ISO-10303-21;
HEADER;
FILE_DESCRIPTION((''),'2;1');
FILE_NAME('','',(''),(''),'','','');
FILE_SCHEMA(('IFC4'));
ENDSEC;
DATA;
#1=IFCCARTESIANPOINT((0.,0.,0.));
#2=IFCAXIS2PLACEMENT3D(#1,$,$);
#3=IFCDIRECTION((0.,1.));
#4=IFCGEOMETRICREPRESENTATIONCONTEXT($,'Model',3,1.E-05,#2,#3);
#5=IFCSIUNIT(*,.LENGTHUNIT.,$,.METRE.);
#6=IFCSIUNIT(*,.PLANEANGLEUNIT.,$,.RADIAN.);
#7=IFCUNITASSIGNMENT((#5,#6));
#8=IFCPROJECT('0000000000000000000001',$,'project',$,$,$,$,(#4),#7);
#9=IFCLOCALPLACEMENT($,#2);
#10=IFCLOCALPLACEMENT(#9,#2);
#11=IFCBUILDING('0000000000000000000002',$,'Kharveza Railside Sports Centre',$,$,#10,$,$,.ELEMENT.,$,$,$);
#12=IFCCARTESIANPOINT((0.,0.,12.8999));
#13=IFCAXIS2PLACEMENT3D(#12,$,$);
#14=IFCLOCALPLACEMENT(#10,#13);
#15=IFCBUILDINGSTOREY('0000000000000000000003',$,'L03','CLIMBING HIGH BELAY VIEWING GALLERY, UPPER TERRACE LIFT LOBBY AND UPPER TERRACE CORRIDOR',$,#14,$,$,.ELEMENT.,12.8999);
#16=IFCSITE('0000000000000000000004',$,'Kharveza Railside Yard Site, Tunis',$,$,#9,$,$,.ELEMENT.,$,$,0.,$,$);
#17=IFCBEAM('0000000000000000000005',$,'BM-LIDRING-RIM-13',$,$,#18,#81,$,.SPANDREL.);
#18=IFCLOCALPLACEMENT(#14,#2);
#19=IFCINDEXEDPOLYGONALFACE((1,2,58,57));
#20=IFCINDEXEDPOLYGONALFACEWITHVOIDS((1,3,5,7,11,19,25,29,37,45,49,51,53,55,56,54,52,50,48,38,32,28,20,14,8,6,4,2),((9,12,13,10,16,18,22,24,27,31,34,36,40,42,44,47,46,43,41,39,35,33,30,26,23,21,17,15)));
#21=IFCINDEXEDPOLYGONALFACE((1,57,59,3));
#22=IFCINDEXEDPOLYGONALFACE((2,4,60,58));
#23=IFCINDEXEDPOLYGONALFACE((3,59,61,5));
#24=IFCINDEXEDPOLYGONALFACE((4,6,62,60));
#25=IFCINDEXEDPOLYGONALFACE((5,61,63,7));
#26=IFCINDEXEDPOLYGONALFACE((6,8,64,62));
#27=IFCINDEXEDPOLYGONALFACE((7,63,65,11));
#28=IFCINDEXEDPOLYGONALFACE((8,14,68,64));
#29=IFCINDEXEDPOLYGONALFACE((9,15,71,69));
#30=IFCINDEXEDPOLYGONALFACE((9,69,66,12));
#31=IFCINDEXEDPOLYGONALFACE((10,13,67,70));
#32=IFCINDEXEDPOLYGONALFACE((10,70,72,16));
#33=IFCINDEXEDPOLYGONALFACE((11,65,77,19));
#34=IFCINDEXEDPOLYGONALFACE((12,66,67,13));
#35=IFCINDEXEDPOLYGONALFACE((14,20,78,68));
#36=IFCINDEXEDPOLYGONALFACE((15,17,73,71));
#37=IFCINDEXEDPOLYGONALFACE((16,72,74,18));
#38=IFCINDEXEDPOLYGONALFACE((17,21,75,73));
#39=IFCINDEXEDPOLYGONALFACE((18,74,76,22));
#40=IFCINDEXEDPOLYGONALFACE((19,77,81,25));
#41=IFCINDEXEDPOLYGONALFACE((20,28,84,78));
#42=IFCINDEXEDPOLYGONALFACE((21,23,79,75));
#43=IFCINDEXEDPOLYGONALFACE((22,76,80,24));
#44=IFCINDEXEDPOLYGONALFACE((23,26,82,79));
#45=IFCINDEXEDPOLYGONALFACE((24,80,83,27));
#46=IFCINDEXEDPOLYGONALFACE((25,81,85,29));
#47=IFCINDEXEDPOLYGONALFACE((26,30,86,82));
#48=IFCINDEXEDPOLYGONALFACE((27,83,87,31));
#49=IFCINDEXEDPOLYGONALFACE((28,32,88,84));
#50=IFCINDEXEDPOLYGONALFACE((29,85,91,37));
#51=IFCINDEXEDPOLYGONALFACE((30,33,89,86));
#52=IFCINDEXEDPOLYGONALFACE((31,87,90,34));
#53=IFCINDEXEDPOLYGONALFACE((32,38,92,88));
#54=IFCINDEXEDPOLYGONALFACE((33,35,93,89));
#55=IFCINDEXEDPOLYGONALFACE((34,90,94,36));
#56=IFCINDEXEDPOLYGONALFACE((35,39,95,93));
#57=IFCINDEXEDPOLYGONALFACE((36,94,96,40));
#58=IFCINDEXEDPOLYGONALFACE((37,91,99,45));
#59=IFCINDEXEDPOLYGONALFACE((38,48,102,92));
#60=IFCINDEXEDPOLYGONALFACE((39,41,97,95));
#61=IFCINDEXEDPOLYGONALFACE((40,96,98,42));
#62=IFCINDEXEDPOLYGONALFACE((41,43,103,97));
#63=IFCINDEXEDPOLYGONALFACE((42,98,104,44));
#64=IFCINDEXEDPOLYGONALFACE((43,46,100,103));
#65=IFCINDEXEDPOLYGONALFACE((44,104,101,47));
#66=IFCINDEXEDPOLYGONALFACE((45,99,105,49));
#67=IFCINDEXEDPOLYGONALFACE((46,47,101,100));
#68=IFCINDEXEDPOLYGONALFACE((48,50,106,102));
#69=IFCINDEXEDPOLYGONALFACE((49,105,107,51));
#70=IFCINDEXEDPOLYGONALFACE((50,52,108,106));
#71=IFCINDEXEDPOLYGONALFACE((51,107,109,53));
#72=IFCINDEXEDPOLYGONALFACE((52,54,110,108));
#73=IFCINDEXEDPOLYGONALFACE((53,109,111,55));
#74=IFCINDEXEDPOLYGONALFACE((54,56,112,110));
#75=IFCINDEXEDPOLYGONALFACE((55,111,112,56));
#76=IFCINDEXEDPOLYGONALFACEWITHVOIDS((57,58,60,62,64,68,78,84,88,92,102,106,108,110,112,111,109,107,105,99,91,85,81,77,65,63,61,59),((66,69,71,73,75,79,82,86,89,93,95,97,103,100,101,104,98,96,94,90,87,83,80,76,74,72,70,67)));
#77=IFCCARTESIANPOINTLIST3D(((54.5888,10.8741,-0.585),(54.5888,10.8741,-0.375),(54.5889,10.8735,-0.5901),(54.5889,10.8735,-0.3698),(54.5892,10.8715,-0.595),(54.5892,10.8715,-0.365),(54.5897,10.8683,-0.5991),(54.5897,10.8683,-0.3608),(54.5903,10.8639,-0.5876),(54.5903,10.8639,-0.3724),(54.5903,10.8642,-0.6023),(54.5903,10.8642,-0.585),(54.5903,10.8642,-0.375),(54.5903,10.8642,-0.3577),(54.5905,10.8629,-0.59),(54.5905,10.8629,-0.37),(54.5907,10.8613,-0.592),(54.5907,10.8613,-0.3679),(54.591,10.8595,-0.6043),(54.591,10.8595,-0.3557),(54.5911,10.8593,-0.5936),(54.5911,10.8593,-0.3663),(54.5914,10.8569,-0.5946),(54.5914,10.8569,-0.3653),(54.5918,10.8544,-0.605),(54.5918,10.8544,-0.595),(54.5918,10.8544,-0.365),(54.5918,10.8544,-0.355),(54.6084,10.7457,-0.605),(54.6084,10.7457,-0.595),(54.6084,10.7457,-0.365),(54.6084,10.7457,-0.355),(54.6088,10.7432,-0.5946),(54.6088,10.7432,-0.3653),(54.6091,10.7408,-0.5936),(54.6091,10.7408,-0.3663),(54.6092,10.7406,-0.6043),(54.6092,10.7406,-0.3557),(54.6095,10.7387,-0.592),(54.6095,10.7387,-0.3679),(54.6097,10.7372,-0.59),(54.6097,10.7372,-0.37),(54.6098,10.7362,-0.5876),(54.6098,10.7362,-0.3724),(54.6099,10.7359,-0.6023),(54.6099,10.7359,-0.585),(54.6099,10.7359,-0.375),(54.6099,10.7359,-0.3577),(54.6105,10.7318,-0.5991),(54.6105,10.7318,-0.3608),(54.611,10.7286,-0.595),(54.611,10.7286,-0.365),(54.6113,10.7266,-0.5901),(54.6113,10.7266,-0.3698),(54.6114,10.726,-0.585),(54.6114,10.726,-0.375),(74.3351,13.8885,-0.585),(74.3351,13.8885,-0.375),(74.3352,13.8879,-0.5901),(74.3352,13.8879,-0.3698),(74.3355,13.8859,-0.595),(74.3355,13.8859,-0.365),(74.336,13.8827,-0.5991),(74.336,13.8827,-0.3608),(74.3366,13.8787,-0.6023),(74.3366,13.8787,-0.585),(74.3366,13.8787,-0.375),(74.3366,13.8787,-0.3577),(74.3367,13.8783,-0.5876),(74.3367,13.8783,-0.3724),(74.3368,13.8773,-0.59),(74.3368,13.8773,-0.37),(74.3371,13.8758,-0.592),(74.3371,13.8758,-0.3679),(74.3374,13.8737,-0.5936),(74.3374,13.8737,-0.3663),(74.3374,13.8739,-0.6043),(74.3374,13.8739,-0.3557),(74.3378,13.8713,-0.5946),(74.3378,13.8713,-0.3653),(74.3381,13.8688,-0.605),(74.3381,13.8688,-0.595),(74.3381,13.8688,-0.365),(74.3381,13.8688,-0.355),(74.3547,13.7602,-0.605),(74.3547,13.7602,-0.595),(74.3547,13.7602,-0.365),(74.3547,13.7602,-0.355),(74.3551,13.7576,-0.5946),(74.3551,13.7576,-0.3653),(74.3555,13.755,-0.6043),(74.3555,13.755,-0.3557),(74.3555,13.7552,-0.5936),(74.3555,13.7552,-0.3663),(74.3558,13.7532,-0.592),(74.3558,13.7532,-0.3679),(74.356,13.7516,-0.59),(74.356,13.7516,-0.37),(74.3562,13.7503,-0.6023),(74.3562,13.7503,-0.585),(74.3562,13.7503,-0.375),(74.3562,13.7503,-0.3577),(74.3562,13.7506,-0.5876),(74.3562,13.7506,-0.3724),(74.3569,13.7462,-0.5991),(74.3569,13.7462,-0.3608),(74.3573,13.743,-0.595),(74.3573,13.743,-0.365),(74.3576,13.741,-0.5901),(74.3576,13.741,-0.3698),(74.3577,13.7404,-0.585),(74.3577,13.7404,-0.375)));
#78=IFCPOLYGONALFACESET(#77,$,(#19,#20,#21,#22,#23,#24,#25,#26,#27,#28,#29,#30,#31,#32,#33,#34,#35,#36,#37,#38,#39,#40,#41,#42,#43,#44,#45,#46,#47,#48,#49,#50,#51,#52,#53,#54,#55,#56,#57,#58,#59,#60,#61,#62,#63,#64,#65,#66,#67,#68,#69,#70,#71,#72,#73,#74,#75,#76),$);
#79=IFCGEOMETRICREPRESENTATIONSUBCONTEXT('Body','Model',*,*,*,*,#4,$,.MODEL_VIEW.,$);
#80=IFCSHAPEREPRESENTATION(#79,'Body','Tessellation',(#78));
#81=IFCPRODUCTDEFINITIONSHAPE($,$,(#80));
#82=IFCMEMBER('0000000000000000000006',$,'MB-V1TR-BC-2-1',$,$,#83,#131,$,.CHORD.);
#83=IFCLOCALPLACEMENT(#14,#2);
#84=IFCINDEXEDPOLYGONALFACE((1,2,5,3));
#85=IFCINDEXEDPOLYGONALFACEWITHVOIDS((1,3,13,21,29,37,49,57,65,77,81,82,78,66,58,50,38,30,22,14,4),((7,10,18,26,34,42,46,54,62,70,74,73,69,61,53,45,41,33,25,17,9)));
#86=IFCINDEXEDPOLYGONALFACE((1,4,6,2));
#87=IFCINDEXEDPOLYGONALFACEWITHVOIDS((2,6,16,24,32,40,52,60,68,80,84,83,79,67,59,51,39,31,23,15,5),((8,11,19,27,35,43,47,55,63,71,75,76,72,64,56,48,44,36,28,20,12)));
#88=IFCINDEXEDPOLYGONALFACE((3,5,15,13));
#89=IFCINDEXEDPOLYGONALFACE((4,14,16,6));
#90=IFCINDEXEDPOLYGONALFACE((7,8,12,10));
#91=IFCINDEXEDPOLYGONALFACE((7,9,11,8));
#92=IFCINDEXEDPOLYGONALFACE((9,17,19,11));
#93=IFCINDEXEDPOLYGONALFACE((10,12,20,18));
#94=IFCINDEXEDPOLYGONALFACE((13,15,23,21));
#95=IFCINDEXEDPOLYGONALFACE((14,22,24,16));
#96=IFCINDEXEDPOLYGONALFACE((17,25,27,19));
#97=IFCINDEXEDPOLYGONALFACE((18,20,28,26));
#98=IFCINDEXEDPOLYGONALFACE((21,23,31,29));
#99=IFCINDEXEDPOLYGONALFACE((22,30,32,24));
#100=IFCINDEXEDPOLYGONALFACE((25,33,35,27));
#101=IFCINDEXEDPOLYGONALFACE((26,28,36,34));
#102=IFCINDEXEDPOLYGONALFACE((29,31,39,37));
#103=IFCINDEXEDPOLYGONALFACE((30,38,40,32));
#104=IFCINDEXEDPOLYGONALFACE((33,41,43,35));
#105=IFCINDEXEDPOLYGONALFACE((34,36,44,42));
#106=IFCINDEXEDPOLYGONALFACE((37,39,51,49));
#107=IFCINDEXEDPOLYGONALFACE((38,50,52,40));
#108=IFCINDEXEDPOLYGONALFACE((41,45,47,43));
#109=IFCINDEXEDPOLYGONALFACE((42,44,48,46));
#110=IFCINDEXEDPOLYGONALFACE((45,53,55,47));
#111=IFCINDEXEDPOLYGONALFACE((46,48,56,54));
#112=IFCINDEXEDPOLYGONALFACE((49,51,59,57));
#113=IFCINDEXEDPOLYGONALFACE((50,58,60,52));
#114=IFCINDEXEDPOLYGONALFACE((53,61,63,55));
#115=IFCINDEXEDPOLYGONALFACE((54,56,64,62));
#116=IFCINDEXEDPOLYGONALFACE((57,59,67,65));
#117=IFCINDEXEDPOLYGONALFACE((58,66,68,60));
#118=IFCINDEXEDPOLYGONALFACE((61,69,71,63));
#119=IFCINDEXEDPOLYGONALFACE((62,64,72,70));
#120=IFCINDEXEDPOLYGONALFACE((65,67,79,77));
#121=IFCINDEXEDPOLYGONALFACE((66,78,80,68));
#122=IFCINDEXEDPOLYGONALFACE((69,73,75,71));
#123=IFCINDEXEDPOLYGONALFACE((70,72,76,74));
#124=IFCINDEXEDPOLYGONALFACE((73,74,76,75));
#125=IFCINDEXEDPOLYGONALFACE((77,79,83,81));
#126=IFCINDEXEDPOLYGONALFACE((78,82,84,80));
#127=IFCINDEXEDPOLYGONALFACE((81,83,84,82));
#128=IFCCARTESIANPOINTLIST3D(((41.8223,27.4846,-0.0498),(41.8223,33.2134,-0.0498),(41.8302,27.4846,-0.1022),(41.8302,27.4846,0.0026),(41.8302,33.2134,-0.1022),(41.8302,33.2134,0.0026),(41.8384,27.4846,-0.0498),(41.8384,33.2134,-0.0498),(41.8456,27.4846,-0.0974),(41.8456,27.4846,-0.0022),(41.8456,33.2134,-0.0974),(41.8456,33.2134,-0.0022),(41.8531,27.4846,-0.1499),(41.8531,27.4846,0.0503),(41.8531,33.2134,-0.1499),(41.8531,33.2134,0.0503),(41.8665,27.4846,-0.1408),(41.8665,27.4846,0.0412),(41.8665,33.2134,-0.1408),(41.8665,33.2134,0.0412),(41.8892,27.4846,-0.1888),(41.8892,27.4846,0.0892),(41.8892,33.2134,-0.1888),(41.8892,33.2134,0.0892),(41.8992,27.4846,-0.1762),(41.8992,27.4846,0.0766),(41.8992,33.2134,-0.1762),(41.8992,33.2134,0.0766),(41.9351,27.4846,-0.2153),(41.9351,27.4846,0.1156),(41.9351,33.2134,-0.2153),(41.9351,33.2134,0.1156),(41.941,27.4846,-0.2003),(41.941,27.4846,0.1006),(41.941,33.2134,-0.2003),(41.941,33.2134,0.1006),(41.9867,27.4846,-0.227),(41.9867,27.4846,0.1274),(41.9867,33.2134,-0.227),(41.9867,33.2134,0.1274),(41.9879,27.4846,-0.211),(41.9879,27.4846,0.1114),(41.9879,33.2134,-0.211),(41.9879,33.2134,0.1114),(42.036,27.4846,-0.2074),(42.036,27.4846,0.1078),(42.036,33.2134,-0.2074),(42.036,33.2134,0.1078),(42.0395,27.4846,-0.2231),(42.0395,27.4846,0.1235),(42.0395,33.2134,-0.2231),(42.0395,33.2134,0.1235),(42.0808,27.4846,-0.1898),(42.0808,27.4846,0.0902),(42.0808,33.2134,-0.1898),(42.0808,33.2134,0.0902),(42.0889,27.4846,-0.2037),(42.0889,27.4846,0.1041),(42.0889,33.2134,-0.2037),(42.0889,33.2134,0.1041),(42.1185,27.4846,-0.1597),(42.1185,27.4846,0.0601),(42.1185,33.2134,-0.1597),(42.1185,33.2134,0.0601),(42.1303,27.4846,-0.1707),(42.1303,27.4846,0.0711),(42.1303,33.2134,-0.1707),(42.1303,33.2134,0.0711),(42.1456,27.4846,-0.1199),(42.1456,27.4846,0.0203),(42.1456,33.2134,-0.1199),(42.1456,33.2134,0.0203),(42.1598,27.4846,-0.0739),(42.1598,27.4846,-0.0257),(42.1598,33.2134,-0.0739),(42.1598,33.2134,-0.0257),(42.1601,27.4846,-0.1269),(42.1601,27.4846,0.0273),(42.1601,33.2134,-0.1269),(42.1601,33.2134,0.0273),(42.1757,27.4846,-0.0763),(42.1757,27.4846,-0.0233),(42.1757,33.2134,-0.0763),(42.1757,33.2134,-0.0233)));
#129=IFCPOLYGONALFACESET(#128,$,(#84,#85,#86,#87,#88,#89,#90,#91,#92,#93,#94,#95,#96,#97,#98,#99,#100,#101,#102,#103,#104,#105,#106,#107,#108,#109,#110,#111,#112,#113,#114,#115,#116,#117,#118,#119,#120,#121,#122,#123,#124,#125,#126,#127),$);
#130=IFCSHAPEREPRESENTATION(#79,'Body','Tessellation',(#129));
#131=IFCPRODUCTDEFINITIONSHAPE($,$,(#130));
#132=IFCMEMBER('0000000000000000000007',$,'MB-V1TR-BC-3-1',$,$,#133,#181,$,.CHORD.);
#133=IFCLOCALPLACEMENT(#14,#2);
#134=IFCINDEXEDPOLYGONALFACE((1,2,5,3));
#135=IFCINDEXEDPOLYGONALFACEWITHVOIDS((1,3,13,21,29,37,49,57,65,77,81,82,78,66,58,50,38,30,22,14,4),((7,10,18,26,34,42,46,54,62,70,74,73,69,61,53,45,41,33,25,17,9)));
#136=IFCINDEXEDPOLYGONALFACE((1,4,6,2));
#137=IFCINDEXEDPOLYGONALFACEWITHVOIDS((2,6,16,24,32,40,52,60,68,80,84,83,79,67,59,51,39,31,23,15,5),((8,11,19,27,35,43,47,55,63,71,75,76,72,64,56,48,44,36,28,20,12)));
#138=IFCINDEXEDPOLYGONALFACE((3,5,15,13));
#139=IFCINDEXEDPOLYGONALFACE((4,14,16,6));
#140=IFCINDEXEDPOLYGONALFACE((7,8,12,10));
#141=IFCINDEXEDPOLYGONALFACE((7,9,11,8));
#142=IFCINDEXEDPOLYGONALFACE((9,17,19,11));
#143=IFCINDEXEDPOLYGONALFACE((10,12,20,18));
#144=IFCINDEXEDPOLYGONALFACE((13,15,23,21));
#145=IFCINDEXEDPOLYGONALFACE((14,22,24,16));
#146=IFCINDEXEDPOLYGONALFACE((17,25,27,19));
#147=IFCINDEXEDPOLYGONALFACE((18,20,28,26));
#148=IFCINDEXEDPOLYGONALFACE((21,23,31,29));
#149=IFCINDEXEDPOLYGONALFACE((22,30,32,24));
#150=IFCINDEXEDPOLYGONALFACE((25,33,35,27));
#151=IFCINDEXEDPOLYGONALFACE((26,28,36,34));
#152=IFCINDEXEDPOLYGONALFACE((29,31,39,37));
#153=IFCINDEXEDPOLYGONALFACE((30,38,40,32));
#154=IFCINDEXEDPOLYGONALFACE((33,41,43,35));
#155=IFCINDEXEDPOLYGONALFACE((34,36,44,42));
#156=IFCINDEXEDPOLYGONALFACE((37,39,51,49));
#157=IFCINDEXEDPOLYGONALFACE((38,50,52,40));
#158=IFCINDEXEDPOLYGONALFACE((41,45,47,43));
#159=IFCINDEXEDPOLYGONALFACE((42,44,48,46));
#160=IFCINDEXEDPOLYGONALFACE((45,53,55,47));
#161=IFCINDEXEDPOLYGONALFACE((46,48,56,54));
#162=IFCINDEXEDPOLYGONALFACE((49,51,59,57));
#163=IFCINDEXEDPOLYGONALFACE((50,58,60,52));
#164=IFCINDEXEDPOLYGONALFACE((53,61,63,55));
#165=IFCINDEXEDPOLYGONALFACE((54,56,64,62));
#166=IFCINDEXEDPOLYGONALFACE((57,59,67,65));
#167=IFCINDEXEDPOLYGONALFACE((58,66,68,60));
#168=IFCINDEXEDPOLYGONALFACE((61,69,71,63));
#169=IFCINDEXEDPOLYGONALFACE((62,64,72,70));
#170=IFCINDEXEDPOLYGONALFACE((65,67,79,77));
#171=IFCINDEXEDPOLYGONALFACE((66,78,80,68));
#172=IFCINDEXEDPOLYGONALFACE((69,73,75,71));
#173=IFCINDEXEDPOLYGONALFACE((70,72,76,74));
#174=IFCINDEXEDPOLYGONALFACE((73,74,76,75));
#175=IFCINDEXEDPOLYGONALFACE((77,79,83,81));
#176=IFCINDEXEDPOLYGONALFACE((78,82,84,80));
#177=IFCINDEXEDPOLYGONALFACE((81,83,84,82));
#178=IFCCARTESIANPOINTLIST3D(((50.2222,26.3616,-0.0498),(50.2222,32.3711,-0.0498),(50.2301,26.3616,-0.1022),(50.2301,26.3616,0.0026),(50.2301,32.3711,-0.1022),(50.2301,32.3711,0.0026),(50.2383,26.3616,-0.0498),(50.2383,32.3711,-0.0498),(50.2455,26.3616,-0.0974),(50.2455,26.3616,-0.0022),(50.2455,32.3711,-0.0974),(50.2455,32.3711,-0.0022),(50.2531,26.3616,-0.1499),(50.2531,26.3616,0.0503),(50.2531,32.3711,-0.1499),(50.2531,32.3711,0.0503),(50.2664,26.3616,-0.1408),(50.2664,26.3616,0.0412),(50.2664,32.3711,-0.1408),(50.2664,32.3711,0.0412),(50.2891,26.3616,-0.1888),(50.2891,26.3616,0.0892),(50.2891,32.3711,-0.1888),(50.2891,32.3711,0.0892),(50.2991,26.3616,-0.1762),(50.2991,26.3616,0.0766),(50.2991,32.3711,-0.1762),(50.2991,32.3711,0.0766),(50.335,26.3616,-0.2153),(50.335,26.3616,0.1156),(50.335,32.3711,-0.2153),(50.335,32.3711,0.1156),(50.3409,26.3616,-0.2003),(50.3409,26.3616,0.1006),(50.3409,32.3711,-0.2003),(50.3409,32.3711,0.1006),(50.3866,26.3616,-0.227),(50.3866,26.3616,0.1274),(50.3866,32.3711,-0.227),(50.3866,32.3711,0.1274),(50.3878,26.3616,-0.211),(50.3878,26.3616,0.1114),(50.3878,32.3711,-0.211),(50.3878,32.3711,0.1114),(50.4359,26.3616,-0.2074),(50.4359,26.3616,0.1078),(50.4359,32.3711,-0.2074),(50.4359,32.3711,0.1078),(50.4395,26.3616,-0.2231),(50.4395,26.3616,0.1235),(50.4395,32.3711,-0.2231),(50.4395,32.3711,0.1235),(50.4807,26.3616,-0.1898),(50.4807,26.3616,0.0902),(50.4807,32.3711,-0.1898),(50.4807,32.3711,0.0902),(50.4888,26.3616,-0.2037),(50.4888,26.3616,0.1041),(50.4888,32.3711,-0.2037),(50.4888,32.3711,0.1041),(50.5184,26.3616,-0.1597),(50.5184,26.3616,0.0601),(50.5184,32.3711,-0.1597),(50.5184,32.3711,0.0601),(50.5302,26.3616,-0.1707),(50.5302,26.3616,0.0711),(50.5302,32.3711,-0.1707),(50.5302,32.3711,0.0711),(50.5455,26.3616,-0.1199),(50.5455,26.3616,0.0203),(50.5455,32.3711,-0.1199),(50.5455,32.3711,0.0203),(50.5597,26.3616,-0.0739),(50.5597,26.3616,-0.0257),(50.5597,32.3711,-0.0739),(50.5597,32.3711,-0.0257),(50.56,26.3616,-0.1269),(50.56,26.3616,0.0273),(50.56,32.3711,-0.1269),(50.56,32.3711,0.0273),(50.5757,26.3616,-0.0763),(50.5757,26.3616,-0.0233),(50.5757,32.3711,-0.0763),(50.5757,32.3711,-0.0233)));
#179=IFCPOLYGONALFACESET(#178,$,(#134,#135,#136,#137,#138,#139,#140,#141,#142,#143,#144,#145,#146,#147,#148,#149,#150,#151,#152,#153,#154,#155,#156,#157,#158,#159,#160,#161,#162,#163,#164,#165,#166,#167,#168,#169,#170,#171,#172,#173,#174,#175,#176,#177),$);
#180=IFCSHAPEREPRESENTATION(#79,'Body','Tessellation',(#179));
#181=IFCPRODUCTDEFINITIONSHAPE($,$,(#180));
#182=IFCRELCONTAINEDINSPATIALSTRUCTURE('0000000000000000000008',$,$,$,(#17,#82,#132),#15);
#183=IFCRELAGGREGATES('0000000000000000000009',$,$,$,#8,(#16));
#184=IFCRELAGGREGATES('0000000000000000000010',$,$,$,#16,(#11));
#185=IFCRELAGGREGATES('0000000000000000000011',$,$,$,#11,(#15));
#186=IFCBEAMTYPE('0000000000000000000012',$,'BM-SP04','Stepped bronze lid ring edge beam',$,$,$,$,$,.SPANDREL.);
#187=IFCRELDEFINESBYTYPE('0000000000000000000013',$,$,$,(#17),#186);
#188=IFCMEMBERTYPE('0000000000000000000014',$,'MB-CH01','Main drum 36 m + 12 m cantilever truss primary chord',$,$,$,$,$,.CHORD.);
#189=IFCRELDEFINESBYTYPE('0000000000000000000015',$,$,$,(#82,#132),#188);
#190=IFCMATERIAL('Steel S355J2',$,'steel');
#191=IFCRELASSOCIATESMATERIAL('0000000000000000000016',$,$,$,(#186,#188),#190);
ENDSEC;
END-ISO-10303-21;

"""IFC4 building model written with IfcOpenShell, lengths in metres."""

from ifc_helpers import new_model, si_unit, direction, frame, origin, origin_2d, place, context, subcontext, project, spatial, hollow_rectangle, hollow_circle, extrude, material, material_profile, profile_set, type_object, element, save


model = new_model("IFC4")

# Units and contexts
model_context = context("Model", 3, precision=1e-05, world=origin(), true_north=direction((0.0, 1.0)))
body_context = subcontext(model_context, "Body", "Model", "MODEL_VIEW")
ifc_project = project(units=[si_unit("LENGTHUNIT", "METRE"), si_unit("PLANEANGLEUNIT", "RADIAN")], contexts=[model_context])

# Site, building, storey
site_placement = place(None, origin())
site = spatial("IfcSite", under=ifc_project, at=site_placement, Name="Kharveza Railside Yard Site, Tunis", CompositionType="ELEMENT", RefElevation=0.0)
building_placement = place(site_placement, origin())
building = spatial("IfcBuilding", under=site, at=building_placement, Name="Kharveza Railside Sports Centre", CompositionType="ELEMENT")
storey_placement = place(building_placement, frame((0.0, 0.0, 12.8999)))
storey = spatial("IfcBuildingStorey", under=building, at=storey_placement, Name="L03", Description="CLIMBING HIGH BELAY VIEWING GALLERY, UPPER TERRACE LIFT LOBBY AND UPPER TERRACE CORRIDOR", CompositionType="ELEMENT", Elevation=12.8999)

# Beam
ifc_material_1 = material(Name="Steel S355J2", Category="steel")
ifc_material_profile_1 = material_profile(ifc_material_1, hollow_rectangle(XDim=0.1499, YDim=0.25, WallThickness=0.01, InnerFilletRadius=0.01, OuterFilletRadius=0.02, at=origin_2d()), Name="RHS 150x250x10.0")
ifc_profile_set_1 = profile_set([ifc_material_profile_1], Name="Steel S355J2")
beam_type = type_object("IfcBeamType", Name="BM-SP04", Description="Stepped bronze lid ring edge beam", PredefinedType="SPANDREL", material=ifc_profile_set_1)
beam_1_placement = place(storey_placement, frame((54.6001, 10.8, -0.48), z_axis=(0.988548, 0.150908, 0.0), x_axis=(-0.150908, 0.988548, 0.0)))
element("IfcBeam", 1, at=beam_1_placement, inside=storey, type_object=beam_type, Name="BM-LIDRING-RIM-13", PredefinedType="SPANDREL", context=body_context, shape_type="SweptSolid", body=[
    extrude(hollow_rectangle(XDim=0.1499, YDim=0.25, WallThickness=0.01, InnerFilletRadius=0.01, OuterFilletRadius=0.02, at=origin_2d()), origin(), (0.0, 0.0, 1.0), 19.9751),
])

# Members
ifc_material_profile_2 = material_profile(ifc_material_1, hollow_circle(Radius=0.1777, WallThickness=0.0161, at=origin_2d()), Name="CHS 355.6x16.0")
ifc_profile_set_2 = profile_set([ifc_material_profile_2], Name="Steel S355J2")
member_type_1 = type_object("IfcMemberType", Name="MB-CH01", Description="Main drum 36 m + 12 m cantilever truss primary chord", PredefinedType="CHORD", material=ifc_profile_set_2)
member_1_placement = place(storey_placement, frame((42.0, 27.4846, -0.0498), z_axis=(0.0, 1.0, 0.0), x_axis=(-1.0, 0.0, 0.0)))
element("IfcMember", 2, at=member_1_placement, inside=storey, type_object=member_type_1, Name="MB-V1TR-BC-2-1", PredefinedType="CHORD", context=body_context, shape_type="SweptSolid", body=[
    extrude(hollow_circle(Radius=0.1777, WallThickness=0.0161, at=origin_2d()), origin(), (0.0, 0.0, 1.0), 5.7288),
])
member_2_placement = place(storey_placement, frame((50.3999, 26.3616, -0.0498), z_axis=(0.0, 1.0, 0.0), x_axis=(-1.0, 0.0, 0.0)))
element("IfcMember", 3, at=member_2_placement, inside=storey, type_object=member_type_1, Name="MB-V1TR-BC-3-1", PredefinedType="CHORD", context=body_context, shape_type="SweptSolid", body=[
    extrude(hollow_circle(Radius=0.1777, WallThickness=0.0161, at=origin_2d()), origin(), (0.0, 0.0, 1.0), 6.0095),
])

save(model, "model.ifc")
